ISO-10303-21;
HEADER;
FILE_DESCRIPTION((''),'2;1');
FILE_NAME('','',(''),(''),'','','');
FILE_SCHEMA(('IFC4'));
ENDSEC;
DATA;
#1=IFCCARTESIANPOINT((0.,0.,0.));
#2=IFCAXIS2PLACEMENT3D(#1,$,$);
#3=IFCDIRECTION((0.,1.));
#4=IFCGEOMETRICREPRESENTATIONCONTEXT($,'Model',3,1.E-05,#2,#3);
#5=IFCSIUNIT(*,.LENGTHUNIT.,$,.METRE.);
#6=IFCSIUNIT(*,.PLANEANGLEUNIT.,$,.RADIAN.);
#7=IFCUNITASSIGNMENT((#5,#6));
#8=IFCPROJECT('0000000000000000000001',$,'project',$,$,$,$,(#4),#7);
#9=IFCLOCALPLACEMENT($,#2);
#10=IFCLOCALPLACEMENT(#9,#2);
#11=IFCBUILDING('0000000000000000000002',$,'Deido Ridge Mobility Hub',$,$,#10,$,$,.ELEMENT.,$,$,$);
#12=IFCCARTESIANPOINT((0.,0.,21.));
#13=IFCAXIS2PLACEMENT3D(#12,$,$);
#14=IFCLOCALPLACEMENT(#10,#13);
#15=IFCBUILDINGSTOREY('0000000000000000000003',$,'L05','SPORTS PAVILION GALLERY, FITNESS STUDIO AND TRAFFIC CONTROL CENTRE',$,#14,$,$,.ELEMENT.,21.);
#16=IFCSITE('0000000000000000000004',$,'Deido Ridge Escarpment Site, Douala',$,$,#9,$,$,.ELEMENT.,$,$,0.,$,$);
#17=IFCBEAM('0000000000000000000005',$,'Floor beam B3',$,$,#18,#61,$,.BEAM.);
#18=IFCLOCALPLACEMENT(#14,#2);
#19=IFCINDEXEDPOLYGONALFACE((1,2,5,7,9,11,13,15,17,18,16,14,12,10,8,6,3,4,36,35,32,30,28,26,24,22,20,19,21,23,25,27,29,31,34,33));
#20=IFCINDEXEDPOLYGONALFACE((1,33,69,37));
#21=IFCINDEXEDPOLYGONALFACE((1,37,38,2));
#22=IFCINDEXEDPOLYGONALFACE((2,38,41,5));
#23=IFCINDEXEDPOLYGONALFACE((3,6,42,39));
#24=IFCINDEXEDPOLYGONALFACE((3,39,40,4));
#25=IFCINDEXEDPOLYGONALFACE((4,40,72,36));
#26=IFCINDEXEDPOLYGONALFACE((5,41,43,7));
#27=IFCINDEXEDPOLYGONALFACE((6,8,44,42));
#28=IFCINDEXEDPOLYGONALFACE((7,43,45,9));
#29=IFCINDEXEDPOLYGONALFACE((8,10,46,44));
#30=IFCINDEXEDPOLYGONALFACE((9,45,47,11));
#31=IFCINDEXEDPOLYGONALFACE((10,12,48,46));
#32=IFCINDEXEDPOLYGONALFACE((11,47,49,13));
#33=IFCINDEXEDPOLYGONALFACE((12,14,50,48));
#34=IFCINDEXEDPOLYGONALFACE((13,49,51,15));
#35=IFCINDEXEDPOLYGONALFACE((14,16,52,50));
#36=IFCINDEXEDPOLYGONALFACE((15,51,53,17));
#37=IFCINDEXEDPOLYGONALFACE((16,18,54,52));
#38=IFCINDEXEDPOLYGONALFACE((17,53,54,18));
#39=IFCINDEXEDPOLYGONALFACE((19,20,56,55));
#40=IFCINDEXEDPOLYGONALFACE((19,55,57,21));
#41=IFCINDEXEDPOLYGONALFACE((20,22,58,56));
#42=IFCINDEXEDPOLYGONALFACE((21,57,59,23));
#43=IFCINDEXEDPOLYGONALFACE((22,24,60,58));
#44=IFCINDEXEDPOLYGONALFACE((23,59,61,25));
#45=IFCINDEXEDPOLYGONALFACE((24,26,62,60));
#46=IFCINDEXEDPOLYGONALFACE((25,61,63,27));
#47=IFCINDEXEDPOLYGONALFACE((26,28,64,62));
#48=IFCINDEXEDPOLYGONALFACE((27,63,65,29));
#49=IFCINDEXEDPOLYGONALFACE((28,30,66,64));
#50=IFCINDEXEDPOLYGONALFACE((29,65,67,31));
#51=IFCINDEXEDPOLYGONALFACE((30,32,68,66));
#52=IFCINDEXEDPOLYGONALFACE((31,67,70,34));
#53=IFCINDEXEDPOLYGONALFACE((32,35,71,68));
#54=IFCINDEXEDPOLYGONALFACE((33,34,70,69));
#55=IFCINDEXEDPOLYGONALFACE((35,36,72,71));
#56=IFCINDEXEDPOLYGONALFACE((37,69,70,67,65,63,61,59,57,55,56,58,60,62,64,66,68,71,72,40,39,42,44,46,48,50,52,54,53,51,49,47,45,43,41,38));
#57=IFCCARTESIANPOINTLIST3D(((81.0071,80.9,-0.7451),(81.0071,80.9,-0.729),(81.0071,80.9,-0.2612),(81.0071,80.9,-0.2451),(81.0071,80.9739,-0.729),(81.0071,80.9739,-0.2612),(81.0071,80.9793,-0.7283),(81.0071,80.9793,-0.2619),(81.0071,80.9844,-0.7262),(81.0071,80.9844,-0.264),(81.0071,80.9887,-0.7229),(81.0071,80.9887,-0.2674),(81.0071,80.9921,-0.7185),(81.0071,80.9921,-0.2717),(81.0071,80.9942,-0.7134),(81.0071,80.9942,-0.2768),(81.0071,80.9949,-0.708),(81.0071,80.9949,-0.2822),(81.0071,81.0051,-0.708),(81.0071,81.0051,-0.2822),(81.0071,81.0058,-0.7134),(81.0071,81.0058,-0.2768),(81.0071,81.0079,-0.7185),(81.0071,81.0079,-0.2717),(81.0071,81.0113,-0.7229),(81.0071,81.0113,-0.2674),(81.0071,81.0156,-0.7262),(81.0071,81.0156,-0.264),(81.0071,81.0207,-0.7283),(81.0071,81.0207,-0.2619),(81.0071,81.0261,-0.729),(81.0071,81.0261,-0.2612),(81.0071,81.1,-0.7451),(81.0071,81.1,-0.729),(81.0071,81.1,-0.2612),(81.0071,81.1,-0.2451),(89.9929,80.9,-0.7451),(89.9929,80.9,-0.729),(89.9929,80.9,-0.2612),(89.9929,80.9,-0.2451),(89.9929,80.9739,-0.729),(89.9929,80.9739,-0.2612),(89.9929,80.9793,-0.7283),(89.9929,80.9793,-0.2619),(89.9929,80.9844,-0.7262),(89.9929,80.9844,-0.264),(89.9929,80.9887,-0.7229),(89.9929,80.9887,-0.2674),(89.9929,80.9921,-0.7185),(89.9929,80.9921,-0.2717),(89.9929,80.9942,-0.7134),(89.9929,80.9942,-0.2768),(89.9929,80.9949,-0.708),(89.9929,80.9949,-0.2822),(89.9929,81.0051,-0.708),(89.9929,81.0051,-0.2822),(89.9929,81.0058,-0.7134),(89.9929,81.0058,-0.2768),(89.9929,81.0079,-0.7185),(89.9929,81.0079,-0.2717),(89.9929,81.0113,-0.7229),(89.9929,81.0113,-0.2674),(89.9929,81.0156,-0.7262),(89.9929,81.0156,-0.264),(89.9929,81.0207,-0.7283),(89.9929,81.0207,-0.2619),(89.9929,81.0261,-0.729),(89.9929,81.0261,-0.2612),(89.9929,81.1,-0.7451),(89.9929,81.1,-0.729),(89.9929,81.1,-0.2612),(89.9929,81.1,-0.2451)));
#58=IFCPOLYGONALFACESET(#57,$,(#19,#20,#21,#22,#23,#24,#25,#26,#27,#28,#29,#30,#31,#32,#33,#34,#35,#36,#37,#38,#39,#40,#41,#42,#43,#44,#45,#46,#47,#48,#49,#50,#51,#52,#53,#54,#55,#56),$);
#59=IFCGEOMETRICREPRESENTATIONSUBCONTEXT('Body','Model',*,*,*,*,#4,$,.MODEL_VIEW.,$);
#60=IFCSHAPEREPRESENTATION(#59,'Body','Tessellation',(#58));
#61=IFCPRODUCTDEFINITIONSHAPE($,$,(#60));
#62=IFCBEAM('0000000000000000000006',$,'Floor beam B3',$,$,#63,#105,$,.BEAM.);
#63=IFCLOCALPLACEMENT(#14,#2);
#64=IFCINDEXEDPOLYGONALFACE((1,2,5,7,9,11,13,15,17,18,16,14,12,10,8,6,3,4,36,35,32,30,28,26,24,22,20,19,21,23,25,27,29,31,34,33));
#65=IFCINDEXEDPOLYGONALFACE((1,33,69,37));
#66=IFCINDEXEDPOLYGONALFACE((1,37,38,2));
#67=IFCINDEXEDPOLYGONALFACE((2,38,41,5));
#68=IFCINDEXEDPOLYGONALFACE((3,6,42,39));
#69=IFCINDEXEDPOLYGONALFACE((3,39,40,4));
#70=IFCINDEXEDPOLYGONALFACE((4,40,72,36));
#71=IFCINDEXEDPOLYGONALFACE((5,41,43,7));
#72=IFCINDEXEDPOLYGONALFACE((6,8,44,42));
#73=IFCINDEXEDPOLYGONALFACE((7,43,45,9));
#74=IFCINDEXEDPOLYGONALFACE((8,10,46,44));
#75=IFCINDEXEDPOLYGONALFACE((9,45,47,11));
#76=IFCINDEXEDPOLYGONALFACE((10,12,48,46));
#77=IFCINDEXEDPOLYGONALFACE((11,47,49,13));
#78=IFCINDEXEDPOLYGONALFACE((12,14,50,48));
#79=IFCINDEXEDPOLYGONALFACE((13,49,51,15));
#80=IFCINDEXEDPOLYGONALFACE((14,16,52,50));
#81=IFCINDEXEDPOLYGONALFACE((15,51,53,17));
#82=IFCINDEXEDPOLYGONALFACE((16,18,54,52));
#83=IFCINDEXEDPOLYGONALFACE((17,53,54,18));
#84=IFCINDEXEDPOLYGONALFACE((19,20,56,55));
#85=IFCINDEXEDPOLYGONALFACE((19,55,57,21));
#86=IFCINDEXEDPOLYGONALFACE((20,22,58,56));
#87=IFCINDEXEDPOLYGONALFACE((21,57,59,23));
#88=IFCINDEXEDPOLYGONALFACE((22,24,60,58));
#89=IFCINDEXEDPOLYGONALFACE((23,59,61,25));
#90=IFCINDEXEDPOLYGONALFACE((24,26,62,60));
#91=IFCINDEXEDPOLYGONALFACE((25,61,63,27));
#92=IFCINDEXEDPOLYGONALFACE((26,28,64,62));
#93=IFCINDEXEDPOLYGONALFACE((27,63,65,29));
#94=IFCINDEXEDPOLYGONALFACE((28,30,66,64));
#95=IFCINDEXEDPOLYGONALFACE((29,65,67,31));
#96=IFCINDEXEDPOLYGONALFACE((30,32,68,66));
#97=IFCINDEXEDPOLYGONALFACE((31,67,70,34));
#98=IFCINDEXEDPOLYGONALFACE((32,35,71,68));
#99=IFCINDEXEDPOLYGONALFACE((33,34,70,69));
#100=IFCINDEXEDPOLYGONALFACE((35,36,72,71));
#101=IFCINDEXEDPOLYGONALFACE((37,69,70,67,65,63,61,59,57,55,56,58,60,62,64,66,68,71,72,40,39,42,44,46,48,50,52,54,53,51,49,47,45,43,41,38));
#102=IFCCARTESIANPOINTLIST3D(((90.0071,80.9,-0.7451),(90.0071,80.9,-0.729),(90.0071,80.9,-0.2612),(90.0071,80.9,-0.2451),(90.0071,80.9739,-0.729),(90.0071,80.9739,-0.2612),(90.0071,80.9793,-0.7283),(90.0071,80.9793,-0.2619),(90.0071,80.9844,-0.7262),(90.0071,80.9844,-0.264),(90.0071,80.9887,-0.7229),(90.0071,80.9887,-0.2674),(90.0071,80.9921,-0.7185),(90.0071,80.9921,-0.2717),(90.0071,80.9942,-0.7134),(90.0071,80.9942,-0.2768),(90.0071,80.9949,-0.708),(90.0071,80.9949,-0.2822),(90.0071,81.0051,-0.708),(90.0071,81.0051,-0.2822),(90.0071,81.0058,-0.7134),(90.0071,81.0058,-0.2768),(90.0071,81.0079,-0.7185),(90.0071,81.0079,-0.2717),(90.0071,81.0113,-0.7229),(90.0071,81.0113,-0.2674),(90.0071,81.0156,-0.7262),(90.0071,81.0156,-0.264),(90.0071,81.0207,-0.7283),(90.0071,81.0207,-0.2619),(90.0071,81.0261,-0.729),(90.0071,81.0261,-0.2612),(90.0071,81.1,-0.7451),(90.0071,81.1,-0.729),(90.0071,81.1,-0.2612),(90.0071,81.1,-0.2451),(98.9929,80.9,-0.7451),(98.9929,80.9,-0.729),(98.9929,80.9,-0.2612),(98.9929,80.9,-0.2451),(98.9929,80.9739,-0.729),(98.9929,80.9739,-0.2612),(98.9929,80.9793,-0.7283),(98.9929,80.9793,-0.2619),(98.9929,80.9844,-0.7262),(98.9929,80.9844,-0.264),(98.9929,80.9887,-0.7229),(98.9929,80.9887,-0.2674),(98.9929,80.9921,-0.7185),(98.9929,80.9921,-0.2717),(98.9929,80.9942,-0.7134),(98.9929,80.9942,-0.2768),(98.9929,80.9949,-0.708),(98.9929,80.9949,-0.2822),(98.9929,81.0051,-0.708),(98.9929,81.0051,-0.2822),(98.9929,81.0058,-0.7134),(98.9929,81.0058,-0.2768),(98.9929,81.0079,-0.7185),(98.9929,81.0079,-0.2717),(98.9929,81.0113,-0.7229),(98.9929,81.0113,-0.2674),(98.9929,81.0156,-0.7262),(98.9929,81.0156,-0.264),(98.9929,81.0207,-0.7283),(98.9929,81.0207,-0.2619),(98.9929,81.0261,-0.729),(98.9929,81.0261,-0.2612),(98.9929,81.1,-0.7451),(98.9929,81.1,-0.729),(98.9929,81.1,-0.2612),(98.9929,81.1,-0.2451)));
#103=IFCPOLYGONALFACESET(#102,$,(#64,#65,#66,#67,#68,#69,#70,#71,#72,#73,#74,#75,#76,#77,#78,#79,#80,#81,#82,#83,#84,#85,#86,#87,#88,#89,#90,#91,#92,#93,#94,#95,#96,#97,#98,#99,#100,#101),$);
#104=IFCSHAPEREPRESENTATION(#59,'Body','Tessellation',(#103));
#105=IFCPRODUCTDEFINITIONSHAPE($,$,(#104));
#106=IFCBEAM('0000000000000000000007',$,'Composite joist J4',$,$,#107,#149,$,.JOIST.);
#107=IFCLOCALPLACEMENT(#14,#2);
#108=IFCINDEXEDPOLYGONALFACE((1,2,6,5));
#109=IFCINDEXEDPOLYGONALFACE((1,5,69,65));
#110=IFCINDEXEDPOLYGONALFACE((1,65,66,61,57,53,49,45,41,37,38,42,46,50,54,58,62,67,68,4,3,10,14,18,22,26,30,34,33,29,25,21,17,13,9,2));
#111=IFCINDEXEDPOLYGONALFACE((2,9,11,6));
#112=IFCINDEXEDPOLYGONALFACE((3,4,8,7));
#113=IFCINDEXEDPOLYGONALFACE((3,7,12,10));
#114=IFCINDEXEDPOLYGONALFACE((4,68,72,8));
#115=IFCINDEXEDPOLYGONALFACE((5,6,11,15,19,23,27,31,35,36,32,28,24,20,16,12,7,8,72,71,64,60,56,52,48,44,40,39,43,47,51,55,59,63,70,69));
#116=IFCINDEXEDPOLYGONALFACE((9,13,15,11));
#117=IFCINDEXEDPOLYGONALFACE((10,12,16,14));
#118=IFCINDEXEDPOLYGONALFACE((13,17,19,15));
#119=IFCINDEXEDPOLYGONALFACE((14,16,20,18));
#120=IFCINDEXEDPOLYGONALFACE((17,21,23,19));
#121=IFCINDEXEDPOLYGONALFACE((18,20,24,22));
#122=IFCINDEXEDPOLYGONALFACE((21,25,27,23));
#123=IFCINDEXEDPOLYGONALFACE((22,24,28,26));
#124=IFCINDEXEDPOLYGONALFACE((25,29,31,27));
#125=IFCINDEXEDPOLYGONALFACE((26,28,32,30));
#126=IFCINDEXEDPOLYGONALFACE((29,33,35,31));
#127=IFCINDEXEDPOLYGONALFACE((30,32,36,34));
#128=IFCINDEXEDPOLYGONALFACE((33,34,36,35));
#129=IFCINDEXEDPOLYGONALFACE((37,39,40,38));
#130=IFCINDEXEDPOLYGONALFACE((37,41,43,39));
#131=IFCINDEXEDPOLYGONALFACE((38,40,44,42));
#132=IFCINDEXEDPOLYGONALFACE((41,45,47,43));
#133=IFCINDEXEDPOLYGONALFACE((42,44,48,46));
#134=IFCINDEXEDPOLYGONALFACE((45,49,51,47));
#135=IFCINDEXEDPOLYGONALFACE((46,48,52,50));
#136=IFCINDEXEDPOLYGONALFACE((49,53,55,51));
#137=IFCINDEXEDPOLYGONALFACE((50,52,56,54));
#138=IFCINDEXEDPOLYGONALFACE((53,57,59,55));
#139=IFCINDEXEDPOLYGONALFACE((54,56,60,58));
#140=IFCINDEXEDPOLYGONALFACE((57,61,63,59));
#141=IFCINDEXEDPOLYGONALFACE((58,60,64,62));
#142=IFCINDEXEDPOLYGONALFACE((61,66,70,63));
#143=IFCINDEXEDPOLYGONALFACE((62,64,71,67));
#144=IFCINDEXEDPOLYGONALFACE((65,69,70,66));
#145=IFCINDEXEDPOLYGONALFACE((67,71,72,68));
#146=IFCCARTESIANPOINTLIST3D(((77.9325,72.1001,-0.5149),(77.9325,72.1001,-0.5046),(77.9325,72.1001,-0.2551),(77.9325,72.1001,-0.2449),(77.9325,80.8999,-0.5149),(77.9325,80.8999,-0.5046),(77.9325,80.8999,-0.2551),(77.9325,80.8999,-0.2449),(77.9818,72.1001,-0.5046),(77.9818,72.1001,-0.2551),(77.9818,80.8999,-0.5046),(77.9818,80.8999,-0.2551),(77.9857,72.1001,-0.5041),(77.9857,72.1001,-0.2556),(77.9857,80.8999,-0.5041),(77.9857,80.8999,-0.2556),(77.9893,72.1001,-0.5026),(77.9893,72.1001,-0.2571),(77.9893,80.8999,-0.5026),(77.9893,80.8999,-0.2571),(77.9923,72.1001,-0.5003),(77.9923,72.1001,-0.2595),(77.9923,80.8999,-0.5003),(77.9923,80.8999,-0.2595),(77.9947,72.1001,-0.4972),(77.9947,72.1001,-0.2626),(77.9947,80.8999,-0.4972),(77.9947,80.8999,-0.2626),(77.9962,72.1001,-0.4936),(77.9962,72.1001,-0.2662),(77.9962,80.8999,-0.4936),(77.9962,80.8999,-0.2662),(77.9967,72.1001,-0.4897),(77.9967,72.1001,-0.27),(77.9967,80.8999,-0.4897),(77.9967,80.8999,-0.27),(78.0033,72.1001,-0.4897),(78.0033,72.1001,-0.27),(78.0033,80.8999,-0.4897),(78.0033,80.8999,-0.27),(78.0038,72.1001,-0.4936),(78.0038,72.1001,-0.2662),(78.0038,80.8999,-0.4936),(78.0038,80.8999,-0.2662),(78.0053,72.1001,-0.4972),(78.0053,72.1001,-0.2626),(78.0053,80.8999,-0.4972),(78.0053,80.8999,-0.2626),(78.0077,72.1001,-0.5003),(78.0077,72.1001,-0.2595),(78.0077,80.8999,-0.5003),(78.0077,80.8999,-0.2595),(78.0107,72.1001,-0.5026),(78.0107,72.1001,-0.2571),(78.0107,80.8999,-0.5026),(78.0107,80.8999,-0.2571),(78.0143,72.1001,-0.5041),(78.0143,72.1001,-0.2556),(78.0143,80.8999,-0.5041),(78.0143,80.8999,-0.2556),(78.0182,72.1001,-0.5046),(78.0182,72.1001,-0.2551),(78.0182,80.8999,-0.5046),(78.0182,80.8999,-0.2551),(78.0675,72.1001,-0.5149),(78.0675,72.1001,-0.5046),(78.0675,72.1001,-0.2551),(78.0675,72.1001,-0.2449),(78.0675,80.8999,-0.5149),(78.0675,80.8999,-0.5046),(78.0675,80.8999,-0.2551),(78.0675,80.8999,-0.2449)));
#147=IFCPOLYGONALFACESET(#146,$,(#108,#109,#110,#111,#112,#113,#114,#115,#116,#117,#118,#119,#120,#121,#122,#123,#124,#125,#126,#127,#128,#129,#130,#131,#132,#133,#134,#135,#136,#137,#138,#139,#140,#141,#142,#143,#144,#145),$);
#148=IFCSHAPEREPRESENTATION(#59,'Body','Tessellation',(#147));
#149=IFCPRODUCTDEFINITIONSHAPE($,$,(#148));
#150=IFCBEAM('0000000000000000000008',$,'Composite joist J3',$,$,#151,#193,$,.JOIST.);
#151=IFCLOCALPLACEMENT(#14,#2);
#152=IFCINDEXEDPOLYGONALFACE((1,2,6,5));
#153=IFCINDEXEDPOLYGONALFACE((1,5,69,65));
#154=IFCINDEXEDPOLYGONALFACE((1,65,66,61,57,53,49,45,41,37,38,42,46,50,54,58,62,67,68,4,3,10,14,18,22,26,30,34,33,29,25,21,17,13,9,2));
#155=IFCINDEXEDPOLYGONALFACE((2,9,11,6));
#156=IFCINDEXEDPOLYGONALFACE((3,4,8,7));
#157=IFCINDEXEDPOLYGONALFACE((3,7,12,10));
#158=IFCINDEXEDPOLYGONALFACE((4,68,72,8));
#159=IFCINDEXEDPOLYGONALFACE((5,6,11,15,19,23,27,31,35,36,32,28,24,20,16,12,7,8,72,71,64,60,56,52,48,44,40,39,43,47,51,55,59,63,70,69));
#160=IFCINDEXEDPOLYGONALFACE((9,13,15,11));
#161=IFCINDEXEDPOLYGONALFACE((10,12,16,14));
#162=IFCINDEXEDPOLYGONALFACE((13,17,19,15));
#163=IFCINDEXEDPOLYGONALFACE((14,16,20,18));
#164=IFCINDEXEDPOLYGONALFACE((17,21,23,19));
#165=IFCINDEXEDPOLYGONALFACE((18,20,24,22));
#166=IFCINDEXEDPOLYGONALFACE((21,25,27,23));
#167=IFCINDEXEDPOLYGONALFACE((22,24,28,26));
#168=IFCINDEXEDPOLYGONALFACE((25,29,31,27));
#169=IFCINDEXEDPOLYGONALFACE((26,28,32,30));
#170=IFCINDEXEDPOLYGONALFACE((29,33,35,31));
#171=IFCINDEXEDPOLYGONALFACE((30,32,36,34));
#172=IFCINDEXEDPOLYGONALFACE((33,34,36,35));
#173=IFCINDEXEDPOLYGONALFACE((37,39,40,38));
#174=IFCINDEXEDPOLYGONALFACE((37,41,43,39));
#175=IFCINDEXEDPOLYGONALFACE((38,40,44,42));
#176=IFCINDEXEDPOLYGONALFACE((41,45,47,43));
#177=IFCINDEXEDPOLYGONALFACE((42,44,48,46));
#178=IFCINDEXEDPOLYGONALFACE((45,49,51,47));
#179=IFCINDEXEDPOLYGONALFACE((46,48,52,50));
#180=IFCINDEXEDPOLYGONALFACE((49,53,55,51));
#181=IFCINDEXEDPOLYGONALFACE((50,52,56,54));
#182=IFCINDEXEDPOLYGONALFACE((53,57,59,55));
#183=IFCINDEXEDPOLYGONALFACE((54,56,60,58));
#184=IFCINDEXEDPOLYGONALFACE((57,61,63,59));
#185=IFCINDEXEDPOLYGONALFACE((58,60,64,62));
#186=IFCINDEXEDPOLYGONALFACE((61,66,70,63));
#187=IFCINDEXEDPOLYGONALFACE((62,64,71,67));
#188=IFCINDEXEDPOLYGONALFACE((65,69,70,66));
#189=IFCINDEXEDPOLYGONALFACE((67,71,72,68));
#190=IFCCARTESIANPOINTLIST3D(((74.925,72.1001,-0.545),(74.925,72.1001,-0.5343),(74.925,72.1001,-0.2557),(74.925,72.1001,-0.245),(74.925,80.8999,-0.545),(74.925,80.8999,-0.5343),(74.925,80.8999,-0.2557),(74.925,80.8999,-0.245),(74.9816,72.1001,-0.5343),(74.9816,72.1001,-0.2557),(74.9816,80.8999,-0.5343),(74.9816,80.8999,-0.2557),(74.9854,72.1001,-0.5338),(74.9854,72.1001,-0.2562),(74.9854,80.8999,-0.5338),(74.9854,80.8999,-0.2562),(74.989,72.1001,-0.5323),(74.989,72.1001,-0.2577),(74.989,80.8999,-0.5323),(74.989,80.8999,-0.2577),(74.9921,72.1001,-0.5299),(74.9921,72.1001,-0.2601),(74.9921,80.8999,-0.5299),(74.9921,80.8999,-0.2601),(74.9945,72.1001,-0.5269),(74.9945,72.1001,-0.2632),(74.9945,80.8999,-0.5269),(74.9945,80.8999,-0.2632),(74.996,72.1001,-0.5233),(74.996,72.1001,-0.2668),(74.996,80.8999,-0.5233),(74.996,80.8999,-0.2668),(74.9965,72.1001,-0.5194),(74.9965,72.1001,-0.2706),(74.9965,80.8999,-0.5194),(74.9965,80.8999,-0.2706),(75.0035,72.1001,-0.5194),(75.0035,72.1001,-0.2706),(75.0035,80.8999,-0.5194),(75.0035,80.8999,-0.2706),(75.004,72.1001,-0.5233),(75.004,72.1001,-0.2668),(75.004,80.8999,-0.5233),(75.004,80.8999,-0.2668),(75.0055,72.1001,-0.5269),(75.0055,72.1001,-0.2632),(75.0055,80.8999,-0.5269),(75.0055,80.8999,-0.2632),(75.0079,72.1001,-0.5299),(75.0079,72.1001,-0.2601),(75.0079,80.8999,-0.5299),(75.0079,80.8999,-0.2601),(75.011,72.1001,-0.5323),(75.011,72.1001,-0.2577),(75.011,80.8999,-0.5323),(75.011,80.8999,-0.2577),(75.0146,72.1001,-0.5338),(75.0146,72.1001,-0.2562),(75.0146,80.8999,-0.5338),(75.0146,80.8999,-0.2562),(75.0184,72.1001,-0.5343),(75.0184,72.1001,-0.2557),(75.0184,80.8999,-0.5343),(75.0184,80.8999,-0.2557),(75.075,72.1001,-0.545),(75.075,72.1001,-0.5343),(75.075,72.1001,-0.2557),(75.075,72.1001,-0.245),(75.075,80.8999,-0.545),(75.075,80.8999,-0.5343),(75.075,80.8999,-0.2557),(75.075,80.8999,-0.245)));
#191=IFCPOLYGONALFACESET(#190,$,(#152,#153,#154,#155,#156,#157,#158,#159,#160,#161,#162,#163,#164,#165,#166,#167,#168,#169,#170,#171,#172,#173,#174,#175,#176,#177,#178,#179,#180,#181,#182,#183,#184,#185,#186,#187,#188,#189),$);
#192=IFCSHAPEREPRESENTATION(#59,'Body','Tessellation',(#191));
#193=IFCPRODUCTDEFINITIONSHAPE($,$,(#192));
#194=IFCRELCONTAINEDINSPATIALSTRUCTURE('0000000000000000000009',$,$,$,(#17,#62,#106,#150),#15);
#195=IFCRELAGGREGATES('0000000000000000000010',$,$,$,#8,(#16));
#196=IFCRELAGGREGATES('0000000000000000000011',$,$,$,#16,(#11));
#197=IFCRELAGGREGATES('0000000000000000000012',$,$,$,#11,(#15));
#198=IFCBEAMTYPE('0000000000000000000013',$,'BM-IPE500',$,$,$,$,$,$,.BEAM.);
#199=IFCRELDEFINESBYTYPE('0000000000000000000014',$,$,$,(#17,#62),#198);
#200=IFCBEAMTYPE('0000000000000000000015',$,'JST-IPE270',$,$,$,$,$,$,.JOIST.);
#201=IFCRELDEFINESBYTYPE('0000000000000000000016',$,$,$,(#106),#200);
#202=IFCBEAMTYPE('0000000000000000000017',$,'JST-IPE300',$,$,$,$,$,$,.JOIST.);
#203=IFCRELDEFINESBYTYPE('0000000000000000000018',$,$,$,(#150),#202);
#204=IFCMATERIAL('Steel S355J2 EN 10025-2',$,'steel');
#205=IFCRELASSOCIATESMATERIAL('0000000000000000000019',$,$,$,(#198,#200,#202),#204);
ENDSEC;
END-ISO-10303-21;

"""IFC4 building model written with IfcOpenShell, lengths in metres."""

from ifc_helpers import new_model, si_unit, direction, frame, origin, origin_2d, place, context, subcontext, project, spatial, i_section, extrude, material, material_profile, profile_set, type_object, element, save


model = new_model("IFC4")

# Units and contexts
model_context = context("Model", 3, precision=1e-05, world=origin(), true_north=direction((0.0, 1.0)))
body_context = subcontext(model_context, "Body", "Model", "MODEL_VIEW")
ifc_project = project(units=[si_unit("LENGTHUNIT", "METRE"), si_unit("PLANEANGLEUNIT", "RADIAN")], contexts=[model_context])

# Site, building, storey
site_placement = place(None, origin())
site = spatial("IfcSite", under=ifc_project, at=site_placement, Name="Deido Ridge Escarpment Site, Douala", CompositionType="ELEMENT", RefElevation=0.0)
building_placement = place(site_placement, origin())
building = spatial("IfcBuilding", under=site, at=building_placement, Name="Deido Ridge Mobility Hub", CompositionType="ELEMENT")
storey_placement = place(building_placement, frame((0.0, 0.0, 21.0)))
storey = spatial("IfcBuildingStorey", under=building, at=storey_placement, Name="L05", Description="SPORTS PAVILION GALLERY, FITNESS STUDIO AND TRAFFIC CONTROL CENTRE", CompositionType="ELEMENT", Elevation=21.0)

# Shared definitions
ifc_material_1 = material(Name="Steel S355J2 EN 10025-2", Category="steel")

# Beams
ifc_material_profile_1 = material_profile(ifc_material_1, i_section(OverallWidth=0.2, OverallDepth=0.5, WebThickness=0.0103, FlangeThickness=0.0161, FilletRadius=0.021, at=origin_2d()), Name="IPE 500")
ifc_profile_set_1 = profile_set([ifc_material_profile_1], Name="Steel S355J2 EN 10025-2")
beam_type_1 = type_object("IfcBeamType", Name="BM-IPE500", PredefinedType="BEAM", material=ifc_profile_set_1)
for number, where, z_axis, x_axis, name in (
    (1, (81.0071, 81.0, -0.4951), (1.0, 0.0, 0.0), (0.0, 1.0, 0.0), "Floor beam B3"),
    (2, (90.0071, 81.0, -0.4951), (1.0, 0.0, 0.0), (0.0, 1.0, 0.0), "Floor beam B3"),
):
    element("IfcBeam", number, at=place(storey_placement, frame(where, z_axis=z_axis, x_axis=x_axis)), inside=storey, type_object=beam_type_1, Name=name, PredefinedType="BEAM", context=body_context, shape_type="SweptSolid", body=[
        extrude(i_section(OverallWidth=0.2, OverallDepth=0.5, WebThickness=0.0103, FlangeThickness=0.0161, FilletRadius=0.021, at=origin_2d()), origin(), (0.0, 0.0, 1.0), 8.9858),
    ])
ifc_material_profile_2 = material_profile(ifc_material_1, i_section(OverallWidth=0.135, OverallDepth=0.27, WebThickness=0.0066, FlangeThickness=0.0103, FilletRadius=0.0149, at=origin_2d()), Name="IPE 270")
ifc_profile_set_2 = profile_set([ifc_material_profile_2], Name="Steel S355J2 EN 10025-2")
beam_type_2 = type_object("IfcBeamType", Name="JST-IPE270", PredefinedType="JOIST", material=ifc_profile_set_2)
beam_1_placement = place(storey_placement, frame((78.0, 72.1001, -0.3799), z_axis=(0.0, 1.0, 0.0), x_axis=(-1.0, 0.0, 0.0)))
element("IfcBeam", 3, at=beam_1_placement, inside=storey, type_object=beam_type_2, Name="Composite joist J4", PredefinedType="JOIST", context=body_context, shape_type="SweptSolid", body=[
    extrude(i_section(OverallWidth=0.135, OverallDepth=0.27, WebThickness=0.0066, FlangeThickness=0.0103, FilletRadius=0.0149, at=origin_2d()), origin(), (0.0, 0.0, 1.0), 8.7998),
])
ifc_material_profile_3 = material_profile(ifc_material_1, i_section(OverallWidth=0.1499, OverallDepth=0.3, WebThickness=0.0071, FlangeThickness=0.0107, FilletRadius=0.0149, at=origin_2d()), Name="IPE 300")
ifc_profile_set_3 = profile_set([ifc_material_profile_3], Name="Steel S355J2 EN 10025-2")
beam_type_3 = type_object("IfcBeamType", Name="JST-IPE300", PredefinedType="JOIST", material=ifc_profile_set_3)
beam_2_placement = place(storey_placement, frame((75.0, 72.1001, -0.395), z_axis=(0.0, 1.0, 0.0), x_axis=(-1.0, 0.0, 0.0)))
element("IfcBeam", 4, at=beam_2_placement, inside=storey, type_object=beam_type_3, Name="Composite joist J3", PredefinedType="JOIST", context=body_context, shape_type="SweptSolid", body=[
    extrude(i_section(OverallWidth=0.1499, OverallDepth=0.3, WebThickness=0.0071, FlangeThickness=0.0107, FilletRadius=0.0149, at=origin_2d()), origin(), (0.0, 0.0, 1.0), 8.7998),
])

save(model, "model.ifc")
